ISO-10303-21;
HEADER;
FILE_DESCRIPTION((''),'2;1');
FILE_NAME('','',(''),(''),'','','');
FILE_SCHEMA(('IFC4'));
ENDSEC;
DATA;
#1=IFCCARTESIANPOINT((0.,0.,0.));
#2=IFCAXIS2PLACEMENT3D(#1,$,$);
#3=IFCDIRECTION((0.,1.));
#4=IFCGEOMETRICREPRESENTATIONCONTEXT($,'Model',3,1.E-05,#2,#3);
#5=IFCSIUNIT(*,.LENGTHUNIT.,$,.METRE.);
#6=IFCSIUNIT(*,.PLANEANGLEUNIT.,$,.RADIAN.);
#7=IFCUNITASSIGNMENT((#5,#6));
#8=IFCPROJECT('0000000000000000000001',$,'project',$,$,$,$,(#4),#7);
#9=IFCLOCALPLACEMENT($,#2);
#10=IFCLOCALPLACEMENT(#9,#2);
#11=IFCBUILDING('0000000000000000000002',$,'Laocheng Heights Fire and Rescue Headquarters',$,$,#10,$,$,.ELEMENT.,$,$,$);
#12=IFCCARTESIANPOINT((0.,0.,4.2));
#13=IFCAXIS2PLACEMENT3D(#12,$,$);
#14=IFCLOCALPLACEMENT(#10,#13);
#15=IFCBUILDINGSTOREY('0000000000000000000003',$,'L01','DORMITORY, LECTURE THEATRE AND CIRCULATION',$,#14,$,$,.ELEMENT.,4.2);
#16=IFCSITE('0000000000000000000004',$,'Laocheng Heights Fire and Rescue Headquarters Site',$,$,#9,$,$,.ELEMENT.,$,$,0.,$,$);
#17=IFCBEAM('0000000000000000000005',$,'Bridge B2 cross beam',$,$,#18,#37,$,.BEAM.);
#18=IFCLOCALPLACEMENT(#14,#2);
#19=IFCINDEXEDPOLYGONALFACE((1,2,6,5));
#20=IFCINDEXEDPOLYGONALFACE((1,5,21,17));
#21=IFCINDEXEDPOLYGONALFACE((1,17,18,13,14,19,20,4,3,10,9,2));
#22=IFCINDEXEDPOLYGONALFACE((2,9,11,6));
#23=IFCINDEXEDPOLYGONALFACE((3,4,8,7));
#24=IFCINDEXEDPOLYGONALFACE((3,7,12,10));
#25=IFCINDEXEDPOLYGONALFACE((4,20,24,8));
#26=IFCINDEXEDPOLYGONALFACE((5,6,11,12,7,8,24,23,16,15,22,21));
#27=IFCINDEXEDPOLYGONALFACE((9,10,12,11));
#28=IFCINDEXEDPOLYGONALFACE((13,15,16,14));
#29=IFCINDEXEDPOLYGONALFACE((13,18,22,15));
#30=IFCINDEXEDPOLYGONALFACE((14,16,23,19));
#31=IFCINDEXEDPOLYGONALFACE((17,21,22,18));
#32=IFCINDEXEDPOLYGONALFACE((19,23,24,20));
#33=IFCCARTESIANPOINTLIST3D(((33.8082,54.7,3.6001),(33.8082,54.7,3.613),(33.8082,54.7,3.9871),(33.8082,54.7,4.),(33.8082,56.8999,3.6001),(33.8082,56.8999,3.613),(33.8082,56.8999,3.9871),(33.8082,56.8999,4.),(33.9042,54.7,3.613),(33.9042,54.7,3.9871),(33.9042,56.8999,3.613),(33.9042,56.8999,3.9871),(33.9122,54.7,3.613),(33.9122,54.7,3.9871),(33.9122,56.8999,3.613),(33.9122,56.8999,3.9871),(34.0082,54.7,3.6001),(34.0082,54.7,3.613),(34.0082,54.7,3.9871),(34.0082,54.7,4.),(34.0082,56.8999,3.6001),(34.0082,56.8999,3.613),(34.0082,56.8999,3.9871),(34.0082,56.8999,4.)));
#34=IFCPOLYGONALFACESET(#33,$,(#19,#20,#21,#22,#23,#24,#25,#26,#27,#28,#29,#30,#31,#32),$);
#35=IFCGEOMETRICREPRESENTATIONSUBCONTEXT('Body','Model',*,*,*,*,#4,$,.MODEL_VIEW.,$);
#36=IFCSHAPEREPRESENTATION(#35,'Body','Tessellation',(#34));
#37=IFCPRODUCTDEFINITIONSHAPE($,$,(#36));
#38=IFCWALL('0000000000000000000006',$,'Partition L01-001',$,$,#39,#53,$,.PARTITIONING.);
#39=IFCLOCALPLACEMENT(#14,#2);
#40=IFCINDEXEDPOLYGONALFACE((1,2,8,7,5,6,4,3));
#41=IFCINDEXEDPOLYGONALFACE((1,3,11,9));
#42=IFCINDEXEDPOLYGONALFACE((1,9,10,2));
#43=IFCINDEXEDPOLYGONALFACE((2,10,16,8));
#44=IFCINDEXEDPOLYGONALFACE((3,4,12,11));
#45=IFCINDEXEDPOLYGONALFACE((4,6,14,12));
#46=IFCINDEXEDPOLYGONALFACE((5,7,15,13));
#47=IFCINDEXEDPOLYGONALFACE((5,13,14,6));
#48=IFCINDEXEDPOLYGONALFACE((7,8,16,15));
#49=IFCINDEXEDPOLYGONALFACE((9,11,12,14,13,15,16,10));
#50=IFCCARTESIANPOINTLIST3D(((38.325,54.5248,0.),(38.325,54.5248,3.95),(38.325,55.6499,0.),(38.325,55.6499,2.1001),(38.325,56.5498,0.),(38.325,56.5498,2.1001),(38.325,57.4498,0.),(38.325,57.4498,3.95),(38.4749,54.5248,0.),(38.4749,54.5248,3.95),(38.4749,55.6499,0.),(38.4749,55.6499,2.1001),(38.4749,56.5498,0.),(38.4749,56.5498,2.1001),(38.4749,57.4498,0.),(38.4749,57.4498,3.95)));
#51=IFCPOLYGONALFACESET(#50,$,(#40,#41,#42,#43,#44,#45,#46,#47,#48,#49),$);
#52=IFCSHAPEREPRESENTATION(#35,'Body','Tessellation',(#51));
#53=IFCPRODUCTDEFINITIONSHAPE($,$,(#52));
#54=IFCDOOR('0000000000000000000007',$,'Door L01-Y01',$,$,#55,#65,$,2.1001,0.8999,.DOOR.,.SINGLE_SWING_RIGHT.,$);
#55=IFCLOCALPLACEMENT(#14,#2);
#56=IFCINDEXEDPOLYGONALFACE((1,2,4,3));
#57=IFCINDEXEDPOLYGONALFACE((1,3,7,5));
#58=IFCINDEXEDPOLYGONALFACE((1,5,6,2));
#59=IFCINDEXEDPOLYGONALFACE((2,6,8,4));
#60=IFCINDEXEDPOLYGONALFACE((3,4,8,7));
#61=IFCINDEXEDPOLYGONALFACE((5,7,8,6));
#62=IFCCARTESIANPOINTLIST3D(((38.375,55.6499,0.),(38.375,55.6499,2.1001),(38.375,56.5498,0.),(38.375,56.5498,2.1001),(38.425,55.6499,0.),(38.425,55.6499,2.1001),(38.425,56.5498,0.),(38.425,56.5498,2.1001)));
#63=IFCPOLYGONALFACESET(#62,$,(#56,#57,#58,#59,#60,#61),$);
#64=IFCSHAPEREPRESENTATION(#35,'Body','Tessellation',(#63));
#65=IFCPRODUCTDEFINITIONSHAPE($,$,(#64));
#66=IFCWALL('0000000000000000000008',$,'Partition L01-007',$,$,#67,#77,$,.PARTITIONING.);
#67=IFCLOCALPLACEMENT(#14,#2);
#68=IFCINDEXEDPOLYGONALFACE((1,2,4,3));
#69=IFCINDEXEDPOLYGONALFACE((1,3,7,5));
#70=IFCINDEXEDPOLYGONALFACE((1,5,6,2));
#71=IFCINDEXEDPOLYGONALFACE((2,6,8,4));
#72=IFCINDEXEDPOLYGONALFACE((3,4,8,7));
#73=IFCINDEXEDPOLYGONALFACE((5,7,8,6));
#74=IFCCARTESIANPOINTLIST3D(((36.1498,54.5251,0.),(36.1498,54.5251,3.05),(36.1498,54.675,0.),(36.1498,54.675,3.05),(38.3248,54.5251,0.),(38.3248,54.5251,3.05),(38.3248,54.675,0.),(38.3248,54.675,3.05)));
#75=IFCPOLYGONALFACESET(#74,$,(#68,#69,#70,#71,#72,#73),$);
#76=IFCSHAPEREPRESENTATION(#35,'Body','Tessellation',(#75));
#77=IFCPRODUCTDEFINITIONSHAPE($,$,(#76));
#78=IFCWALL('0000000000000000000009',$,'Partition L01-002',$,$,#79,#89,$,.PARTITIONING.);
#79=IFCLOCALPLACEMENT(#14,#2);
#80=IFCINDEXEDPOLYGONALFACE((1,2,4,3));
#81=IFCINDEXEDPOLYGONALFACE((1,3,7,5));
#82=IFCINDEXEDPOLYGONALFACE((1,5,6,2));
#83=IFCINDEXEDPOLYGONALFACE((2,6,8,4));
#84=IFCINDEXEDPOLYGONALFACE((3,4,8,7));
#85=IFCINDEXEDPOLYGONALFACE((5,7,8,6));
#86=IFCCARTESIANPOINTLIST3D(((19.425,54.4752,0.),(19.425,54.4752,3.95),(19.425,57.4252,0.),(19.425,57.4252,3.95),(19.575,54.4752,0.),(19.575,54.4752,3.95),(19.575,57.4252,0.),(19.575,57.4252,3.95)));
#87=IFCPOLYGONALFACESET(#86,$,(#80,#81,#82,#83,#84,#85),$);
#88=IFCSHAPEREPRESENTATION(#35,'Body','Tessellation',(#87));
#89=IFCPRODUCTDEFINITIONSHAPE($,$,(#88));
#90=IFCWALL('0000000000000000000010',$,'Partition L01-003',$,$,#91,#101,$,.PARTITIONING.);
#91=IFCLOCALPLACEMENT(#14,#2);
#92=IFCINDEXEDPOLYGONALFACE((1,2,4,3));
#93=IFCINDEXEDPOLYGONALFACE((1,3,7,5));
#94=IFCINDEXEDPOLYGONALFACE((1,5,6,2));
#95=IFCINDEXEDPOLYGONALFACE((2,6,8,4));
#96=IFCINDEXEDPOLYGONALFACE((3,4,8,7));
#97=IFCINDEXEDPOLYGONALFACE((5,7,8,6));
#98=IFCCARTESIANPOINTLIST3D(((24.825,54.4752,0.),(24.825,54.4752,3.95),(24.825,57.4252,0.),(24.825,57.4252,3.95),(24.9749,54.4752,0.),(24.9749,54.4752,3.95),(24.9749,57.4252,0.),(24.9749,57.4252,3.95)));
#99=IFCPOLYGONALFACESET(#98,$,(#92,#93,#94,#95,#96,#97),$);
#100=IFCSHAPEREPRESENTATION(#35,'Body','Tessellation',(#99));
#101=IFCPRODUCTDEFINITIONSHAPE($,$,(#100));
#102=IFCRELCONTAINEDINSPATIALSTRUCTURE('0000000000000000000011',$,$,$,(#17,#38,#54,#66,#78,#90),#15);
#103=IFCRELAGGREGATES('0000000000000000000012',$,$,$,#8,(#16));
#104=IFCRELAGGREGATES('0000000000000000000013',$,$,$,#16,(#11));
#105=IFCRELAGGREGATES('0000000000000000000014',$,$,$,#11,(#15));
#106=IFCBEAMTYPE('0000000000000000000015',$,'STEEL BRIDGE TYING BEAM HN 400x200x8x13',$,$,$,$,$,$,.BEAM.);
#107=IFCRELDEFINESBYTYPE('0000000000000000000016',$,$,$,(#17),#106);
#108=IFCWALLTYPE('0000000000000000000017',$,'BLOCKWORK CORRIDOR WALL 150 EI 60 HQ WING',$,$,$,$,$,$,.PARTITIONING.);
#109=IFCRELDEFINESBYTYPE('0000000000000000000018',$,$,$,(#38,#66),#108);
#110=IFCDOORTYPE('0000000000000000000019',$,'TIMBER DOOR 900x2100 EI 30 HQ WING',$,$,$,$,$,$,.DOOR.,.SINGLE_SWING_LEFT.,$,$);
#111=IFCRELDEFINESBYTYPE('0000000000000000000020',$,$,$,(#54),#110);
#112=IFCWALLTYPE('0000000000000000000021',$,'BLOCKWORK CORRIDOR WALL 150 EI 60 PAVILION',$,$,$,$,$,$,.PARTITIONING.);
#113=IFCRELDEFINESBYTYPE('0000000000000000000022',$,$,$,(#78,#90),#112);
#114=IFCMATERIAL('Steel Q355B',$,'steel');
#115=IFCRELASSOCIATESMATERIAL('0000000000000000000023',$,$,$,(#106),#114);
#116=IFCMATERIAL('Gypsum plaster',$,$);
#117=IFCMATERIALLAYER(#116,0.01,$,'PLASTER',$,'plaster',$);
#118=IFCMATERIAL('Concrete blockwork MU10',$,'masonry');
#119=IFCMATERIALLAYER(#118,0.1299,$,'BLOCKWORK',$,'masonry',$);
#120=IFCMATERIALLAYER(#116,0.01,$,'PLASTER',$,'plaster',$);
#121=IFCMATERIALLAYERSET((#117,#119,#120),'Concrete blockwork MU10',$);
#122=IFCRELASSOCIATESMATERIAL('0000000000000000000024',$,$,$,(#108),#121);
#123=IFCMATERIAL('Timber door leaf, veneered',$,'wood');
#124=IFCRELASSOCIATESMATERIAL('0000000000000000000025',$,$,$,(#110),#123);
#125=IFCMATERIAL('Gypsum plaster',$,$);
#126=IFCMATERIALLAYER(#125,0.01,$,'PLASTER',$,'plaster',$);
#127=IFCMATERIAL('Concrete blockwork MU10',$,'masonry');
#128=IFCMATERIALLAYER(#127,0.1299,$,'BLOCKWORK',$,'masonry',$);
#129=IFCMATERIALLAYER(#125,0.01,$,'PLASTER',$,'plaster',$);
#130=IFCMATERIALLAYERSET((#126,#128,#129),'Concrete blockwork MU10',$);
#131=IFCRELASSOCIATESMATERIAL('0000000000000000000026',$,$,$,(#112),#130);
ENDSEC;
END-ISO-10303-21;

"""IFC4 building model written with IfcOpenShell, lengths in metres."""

from ifc_helpers import new_model, si_unit, direction, frame, frame_2d, origin, origin_2d, place, context, subcontext, project, spatial, rectangle, i_section, extrude, material, layer, layer_set, material_profile, profile_set, type_object, element, fill, save


model = new_model("IFC4")

# Units and contexts
model_context = context("Model", 3, precision=1e-05, world=origin(), true_north=direction((0.0, 1.0)))
body_context = subcontext(model_context, "Body", "Model", "MODEL_VIEW")
ifc_project = project(units=[si_unit("LENGTHUNIT", "METRE"), si_unit("PLANEANGLEUNIT", "RADIAN")], contexts=[model_context])

# Site, building, storey
site_placement = place(None, origin())
site = spatial("IfcSite", under=ifc_project, at=site_placement, Name="Laocheng Heights Fire and Rescue Headquarters Site", CompositionType="ELEMENT", RefElevation=0.0)
building_placement = place(site_placement, origin())
building = spatial("IfcBuilding", under=site, at=building_placement, Name="Laocheng Heights Fire and Rescue Headquarters", CompositionType="ELEMENT")
storey_placement = place(building_placement, frame((0.0, 0.0, 4.2)))
storey = spatial("IfcBuildingStorey", under=building, at=storey_placement, Name="L01", Description="DORMITORY, LECTURE THEATRE AND CIRCULATION", CompositionType="ELEMENT", Elevation=4.2)

# Beam
ifc_material_1 = material(Name="Steel Q355B", Category="steel")
ifc_material_profile_1 = material_profile(ifc_material_1, i_section(OverallWidth=0.2, OverallDepth=0.3999, WebThickness=0.0081, FlangeThickness=0.0129, at=origin_2d()), Name="HN 400x200x8x13")
ifc_profile_set_1 = profile_set([ifc_material_profile_1], Name="Steel Q355B")
beam_type_1 = type_object("IfcBeamType", Name="STEEL BRIDGE TYING BEAM HN 400x200x8x13", PredefinedType="BEAM", material=ifc_profile_set_1)
for number, where, z_axis, x_axis, name in (
    (1, (33.9082, 54.7, 3.8), (0.0, 1.0, 0.0), (-1.0, 0.0, 0.0), "Bridge B2 cross beam"),
):
    element("IfcBeam", number, at=place(storey_placement, frame(where, z_axis=z_axis, x_axis=x_axis)), inside=storey, type_object=beam_type_1, Name=name, PredefinedType="BEAM", context=body_context, shape_type="SweptSolid", body=[
        extrude(i_section(OverallWidth=0.2, OverallDepth=0.3999, WebThickness=0.0081, FlangeThickness=0.0129, at=origin_2d()), origin(), (0.0, 0.0, 1.0), 2.2),
    ])

# Wall, opening, door
ifc_material_2 = material(Name="Gypsum plaster")
ifc_layer_1 = layer(ifc_material_2, 0.01, Name="PLASTER", Category="plaster")
ifc_material_3 = material(Name="Concrete blockwork MU10", Category="masonry")
ifc_layer_2 = layer(ifc_material_3, 0.1299, Name="BLOCKWORK", Category="masonry")
ifc_layer_3 = layer(ifc_material_2, 0.01, Name="PLASTER", Category="plaster")
ifc_layer_set_1 = layer_set([ifc_layer_1, ifc_layer_2, ifc_layer_3], Name="Concrete blockwork MU10")
wall_type_1 = type_object("IfcWallType", Name="BLOCKWORK CORRIDOR WALL 150 EI 60 HQ WING", PredefinedType="PARTITIONING", material=ifc_layer_set_1)
wall_1_placement = place(storey_placement, frame((38.3999, 54.5249, 0.0), z_axis=(0.0, 0.0, 1.0), x_axis=(0.0, 1.0, 0.0)))
wall_1 = element("IfcWall", 2, at=wall_1_placement, inside=storey, type_object=wall_type_1, Name="Partition L01-001", PredefinedType="PARTITIONING", context=body_context, shape_type="SweptSolid", body=[
    extrude(rectangle(XDim=2.925, YDim=0.1499, at=frame_2d((1.4624, 0.0))), origin(), (0.0, 0.0, 1.0), 3.95),
])
opening_1_placement = place(wall_1_placement, frame((1.125, 0.0, 0.0)))
opening_1 = element("IfcOpeningElement", 3, at=opening_1_placement, cuts=wall_1, PredefinedType="OPENING", context=body_context, shape_type="SweptSolid", body=[
    extrude(rectangle(XDim=0.8999, YDim=2.1001, at=frame_2d((0.45, 1.05))), frame((0.0, 0.085, 0.0), z_axis=(0.0, -1.0, 0.0), x_axis=(1.0, 0.0, 0.0)), (0.0, 0.0, 1.0), 0.1699),
])
ifc_material_4 = material(Name="Timber door leaf, veneered", Category="wood")
door_type = type_object("IfcDoorType", Name="TIMBER DOOR 900x2100 EI 30 HQ WING", OperationType="SINGLE_SWING_LEFT", PredefinedType="DOOR", material=ifc_material_4)
door_placement = place(opening_1_placement, origin())
door = element("IfcDoor", 4, at=door_placement, inside=storey, type_object=door_type, Name="Door L01-Y01", OperationType="SINGLE_SWING_RIGHT", OverallHeight=2.1001, OverallWidth=0.8999, PredefinedType="DOOR", context=body_context, shape_type="SweptSolid", body=[
    extrude(rectangle(XDim=0.8999, YDim=2.1001, at=frame_2d((0.45, 1.05))), frame((0.0, 0.0249, 0.0), z_axis=(0.0, -1.0, 0.0), x_axis=(1.0, 0.0, 0.0)), (0.0, 0.0, 1.0), 0.05),
])
fill(opening_1, door)

# Walls
wall_2_placement = place(storey_placement, frame((36.1499, 54.6001, 0.0), z_axis=(0.0, 0.0, 1.0), x_axis=(1.0, 0.0, 0.0)))
element("IfcWall", 5, at=wall_2_placement, inside=storey, type_object=wall_type_1, Name="Partition L01-007", PredefinedType="PARTITIONING", context=body_context, shape_type="SweptSolid", body=[
    extrude(rectangle(XDim=2.175, YDim=0.1499, at=frame_2d((1.0874, 0.0))), origin(), (0.0, 0.0, 1.0), 3.05),
])
ifc_material_5 = material(Name="Gypsum plaster")
ifc_layer_4 = layer(ifc_material_5, 0.01, Name="PLASTER", Category="plaster")
ifc_material_6 = material(Name="Concrete blockwork MU10", Category="masonry")
ifc_layer_5 = layer(ifc_material_6, 0.1299, Name="BLOCKWORK", Category="masonry")
ifc_layer_6 = layer(ifc_material_5, 0.01, Name="PLASTER", Category="plaster")
ifc_layer_set_2 = layer_set([ifc_layer_4, ifc_layer_5, ifc_layer_6], Name="Concrete blockwork MU10")
wall_type_2 = type_object("IfcWallType", Name="BLOCKWORK CORRIDOR WALL 150 EI 60 PAVILION", PredefinedType="PARTITIONING", material=ifc_layer_set_2)
for number, where, z_axis, x_axis, name in (
    (6, (19.5, 54.4751, 0.0), (0.0, 0.0, 1.0), (0.0, 1.0, 0.0), "Partition L01-002"),
    (7, (24.8999, 54.4751, 0.0), (0.0, 0.0, 1.0), (0.0, 1.0, 0.0), "Partition L01-003"),
):
    element("IfcWall", number, at=place(storey_placement, frame(where, z_axis=z_axis, x_axis=x_axis)), inside=storey, type_object=wall_type_2, Name=name, PredefinedType="PARTITIONING", context=body_context, shape_type="SweptSolid", body=[
        extrude(rectangle(XDim=2.95, YDim=0.1499, at=frame_2d((1.4751, 0.0))), origin(), (0.0, 0.0, 1.0), 3.95),
    ])

save(model, "model.ifc")
